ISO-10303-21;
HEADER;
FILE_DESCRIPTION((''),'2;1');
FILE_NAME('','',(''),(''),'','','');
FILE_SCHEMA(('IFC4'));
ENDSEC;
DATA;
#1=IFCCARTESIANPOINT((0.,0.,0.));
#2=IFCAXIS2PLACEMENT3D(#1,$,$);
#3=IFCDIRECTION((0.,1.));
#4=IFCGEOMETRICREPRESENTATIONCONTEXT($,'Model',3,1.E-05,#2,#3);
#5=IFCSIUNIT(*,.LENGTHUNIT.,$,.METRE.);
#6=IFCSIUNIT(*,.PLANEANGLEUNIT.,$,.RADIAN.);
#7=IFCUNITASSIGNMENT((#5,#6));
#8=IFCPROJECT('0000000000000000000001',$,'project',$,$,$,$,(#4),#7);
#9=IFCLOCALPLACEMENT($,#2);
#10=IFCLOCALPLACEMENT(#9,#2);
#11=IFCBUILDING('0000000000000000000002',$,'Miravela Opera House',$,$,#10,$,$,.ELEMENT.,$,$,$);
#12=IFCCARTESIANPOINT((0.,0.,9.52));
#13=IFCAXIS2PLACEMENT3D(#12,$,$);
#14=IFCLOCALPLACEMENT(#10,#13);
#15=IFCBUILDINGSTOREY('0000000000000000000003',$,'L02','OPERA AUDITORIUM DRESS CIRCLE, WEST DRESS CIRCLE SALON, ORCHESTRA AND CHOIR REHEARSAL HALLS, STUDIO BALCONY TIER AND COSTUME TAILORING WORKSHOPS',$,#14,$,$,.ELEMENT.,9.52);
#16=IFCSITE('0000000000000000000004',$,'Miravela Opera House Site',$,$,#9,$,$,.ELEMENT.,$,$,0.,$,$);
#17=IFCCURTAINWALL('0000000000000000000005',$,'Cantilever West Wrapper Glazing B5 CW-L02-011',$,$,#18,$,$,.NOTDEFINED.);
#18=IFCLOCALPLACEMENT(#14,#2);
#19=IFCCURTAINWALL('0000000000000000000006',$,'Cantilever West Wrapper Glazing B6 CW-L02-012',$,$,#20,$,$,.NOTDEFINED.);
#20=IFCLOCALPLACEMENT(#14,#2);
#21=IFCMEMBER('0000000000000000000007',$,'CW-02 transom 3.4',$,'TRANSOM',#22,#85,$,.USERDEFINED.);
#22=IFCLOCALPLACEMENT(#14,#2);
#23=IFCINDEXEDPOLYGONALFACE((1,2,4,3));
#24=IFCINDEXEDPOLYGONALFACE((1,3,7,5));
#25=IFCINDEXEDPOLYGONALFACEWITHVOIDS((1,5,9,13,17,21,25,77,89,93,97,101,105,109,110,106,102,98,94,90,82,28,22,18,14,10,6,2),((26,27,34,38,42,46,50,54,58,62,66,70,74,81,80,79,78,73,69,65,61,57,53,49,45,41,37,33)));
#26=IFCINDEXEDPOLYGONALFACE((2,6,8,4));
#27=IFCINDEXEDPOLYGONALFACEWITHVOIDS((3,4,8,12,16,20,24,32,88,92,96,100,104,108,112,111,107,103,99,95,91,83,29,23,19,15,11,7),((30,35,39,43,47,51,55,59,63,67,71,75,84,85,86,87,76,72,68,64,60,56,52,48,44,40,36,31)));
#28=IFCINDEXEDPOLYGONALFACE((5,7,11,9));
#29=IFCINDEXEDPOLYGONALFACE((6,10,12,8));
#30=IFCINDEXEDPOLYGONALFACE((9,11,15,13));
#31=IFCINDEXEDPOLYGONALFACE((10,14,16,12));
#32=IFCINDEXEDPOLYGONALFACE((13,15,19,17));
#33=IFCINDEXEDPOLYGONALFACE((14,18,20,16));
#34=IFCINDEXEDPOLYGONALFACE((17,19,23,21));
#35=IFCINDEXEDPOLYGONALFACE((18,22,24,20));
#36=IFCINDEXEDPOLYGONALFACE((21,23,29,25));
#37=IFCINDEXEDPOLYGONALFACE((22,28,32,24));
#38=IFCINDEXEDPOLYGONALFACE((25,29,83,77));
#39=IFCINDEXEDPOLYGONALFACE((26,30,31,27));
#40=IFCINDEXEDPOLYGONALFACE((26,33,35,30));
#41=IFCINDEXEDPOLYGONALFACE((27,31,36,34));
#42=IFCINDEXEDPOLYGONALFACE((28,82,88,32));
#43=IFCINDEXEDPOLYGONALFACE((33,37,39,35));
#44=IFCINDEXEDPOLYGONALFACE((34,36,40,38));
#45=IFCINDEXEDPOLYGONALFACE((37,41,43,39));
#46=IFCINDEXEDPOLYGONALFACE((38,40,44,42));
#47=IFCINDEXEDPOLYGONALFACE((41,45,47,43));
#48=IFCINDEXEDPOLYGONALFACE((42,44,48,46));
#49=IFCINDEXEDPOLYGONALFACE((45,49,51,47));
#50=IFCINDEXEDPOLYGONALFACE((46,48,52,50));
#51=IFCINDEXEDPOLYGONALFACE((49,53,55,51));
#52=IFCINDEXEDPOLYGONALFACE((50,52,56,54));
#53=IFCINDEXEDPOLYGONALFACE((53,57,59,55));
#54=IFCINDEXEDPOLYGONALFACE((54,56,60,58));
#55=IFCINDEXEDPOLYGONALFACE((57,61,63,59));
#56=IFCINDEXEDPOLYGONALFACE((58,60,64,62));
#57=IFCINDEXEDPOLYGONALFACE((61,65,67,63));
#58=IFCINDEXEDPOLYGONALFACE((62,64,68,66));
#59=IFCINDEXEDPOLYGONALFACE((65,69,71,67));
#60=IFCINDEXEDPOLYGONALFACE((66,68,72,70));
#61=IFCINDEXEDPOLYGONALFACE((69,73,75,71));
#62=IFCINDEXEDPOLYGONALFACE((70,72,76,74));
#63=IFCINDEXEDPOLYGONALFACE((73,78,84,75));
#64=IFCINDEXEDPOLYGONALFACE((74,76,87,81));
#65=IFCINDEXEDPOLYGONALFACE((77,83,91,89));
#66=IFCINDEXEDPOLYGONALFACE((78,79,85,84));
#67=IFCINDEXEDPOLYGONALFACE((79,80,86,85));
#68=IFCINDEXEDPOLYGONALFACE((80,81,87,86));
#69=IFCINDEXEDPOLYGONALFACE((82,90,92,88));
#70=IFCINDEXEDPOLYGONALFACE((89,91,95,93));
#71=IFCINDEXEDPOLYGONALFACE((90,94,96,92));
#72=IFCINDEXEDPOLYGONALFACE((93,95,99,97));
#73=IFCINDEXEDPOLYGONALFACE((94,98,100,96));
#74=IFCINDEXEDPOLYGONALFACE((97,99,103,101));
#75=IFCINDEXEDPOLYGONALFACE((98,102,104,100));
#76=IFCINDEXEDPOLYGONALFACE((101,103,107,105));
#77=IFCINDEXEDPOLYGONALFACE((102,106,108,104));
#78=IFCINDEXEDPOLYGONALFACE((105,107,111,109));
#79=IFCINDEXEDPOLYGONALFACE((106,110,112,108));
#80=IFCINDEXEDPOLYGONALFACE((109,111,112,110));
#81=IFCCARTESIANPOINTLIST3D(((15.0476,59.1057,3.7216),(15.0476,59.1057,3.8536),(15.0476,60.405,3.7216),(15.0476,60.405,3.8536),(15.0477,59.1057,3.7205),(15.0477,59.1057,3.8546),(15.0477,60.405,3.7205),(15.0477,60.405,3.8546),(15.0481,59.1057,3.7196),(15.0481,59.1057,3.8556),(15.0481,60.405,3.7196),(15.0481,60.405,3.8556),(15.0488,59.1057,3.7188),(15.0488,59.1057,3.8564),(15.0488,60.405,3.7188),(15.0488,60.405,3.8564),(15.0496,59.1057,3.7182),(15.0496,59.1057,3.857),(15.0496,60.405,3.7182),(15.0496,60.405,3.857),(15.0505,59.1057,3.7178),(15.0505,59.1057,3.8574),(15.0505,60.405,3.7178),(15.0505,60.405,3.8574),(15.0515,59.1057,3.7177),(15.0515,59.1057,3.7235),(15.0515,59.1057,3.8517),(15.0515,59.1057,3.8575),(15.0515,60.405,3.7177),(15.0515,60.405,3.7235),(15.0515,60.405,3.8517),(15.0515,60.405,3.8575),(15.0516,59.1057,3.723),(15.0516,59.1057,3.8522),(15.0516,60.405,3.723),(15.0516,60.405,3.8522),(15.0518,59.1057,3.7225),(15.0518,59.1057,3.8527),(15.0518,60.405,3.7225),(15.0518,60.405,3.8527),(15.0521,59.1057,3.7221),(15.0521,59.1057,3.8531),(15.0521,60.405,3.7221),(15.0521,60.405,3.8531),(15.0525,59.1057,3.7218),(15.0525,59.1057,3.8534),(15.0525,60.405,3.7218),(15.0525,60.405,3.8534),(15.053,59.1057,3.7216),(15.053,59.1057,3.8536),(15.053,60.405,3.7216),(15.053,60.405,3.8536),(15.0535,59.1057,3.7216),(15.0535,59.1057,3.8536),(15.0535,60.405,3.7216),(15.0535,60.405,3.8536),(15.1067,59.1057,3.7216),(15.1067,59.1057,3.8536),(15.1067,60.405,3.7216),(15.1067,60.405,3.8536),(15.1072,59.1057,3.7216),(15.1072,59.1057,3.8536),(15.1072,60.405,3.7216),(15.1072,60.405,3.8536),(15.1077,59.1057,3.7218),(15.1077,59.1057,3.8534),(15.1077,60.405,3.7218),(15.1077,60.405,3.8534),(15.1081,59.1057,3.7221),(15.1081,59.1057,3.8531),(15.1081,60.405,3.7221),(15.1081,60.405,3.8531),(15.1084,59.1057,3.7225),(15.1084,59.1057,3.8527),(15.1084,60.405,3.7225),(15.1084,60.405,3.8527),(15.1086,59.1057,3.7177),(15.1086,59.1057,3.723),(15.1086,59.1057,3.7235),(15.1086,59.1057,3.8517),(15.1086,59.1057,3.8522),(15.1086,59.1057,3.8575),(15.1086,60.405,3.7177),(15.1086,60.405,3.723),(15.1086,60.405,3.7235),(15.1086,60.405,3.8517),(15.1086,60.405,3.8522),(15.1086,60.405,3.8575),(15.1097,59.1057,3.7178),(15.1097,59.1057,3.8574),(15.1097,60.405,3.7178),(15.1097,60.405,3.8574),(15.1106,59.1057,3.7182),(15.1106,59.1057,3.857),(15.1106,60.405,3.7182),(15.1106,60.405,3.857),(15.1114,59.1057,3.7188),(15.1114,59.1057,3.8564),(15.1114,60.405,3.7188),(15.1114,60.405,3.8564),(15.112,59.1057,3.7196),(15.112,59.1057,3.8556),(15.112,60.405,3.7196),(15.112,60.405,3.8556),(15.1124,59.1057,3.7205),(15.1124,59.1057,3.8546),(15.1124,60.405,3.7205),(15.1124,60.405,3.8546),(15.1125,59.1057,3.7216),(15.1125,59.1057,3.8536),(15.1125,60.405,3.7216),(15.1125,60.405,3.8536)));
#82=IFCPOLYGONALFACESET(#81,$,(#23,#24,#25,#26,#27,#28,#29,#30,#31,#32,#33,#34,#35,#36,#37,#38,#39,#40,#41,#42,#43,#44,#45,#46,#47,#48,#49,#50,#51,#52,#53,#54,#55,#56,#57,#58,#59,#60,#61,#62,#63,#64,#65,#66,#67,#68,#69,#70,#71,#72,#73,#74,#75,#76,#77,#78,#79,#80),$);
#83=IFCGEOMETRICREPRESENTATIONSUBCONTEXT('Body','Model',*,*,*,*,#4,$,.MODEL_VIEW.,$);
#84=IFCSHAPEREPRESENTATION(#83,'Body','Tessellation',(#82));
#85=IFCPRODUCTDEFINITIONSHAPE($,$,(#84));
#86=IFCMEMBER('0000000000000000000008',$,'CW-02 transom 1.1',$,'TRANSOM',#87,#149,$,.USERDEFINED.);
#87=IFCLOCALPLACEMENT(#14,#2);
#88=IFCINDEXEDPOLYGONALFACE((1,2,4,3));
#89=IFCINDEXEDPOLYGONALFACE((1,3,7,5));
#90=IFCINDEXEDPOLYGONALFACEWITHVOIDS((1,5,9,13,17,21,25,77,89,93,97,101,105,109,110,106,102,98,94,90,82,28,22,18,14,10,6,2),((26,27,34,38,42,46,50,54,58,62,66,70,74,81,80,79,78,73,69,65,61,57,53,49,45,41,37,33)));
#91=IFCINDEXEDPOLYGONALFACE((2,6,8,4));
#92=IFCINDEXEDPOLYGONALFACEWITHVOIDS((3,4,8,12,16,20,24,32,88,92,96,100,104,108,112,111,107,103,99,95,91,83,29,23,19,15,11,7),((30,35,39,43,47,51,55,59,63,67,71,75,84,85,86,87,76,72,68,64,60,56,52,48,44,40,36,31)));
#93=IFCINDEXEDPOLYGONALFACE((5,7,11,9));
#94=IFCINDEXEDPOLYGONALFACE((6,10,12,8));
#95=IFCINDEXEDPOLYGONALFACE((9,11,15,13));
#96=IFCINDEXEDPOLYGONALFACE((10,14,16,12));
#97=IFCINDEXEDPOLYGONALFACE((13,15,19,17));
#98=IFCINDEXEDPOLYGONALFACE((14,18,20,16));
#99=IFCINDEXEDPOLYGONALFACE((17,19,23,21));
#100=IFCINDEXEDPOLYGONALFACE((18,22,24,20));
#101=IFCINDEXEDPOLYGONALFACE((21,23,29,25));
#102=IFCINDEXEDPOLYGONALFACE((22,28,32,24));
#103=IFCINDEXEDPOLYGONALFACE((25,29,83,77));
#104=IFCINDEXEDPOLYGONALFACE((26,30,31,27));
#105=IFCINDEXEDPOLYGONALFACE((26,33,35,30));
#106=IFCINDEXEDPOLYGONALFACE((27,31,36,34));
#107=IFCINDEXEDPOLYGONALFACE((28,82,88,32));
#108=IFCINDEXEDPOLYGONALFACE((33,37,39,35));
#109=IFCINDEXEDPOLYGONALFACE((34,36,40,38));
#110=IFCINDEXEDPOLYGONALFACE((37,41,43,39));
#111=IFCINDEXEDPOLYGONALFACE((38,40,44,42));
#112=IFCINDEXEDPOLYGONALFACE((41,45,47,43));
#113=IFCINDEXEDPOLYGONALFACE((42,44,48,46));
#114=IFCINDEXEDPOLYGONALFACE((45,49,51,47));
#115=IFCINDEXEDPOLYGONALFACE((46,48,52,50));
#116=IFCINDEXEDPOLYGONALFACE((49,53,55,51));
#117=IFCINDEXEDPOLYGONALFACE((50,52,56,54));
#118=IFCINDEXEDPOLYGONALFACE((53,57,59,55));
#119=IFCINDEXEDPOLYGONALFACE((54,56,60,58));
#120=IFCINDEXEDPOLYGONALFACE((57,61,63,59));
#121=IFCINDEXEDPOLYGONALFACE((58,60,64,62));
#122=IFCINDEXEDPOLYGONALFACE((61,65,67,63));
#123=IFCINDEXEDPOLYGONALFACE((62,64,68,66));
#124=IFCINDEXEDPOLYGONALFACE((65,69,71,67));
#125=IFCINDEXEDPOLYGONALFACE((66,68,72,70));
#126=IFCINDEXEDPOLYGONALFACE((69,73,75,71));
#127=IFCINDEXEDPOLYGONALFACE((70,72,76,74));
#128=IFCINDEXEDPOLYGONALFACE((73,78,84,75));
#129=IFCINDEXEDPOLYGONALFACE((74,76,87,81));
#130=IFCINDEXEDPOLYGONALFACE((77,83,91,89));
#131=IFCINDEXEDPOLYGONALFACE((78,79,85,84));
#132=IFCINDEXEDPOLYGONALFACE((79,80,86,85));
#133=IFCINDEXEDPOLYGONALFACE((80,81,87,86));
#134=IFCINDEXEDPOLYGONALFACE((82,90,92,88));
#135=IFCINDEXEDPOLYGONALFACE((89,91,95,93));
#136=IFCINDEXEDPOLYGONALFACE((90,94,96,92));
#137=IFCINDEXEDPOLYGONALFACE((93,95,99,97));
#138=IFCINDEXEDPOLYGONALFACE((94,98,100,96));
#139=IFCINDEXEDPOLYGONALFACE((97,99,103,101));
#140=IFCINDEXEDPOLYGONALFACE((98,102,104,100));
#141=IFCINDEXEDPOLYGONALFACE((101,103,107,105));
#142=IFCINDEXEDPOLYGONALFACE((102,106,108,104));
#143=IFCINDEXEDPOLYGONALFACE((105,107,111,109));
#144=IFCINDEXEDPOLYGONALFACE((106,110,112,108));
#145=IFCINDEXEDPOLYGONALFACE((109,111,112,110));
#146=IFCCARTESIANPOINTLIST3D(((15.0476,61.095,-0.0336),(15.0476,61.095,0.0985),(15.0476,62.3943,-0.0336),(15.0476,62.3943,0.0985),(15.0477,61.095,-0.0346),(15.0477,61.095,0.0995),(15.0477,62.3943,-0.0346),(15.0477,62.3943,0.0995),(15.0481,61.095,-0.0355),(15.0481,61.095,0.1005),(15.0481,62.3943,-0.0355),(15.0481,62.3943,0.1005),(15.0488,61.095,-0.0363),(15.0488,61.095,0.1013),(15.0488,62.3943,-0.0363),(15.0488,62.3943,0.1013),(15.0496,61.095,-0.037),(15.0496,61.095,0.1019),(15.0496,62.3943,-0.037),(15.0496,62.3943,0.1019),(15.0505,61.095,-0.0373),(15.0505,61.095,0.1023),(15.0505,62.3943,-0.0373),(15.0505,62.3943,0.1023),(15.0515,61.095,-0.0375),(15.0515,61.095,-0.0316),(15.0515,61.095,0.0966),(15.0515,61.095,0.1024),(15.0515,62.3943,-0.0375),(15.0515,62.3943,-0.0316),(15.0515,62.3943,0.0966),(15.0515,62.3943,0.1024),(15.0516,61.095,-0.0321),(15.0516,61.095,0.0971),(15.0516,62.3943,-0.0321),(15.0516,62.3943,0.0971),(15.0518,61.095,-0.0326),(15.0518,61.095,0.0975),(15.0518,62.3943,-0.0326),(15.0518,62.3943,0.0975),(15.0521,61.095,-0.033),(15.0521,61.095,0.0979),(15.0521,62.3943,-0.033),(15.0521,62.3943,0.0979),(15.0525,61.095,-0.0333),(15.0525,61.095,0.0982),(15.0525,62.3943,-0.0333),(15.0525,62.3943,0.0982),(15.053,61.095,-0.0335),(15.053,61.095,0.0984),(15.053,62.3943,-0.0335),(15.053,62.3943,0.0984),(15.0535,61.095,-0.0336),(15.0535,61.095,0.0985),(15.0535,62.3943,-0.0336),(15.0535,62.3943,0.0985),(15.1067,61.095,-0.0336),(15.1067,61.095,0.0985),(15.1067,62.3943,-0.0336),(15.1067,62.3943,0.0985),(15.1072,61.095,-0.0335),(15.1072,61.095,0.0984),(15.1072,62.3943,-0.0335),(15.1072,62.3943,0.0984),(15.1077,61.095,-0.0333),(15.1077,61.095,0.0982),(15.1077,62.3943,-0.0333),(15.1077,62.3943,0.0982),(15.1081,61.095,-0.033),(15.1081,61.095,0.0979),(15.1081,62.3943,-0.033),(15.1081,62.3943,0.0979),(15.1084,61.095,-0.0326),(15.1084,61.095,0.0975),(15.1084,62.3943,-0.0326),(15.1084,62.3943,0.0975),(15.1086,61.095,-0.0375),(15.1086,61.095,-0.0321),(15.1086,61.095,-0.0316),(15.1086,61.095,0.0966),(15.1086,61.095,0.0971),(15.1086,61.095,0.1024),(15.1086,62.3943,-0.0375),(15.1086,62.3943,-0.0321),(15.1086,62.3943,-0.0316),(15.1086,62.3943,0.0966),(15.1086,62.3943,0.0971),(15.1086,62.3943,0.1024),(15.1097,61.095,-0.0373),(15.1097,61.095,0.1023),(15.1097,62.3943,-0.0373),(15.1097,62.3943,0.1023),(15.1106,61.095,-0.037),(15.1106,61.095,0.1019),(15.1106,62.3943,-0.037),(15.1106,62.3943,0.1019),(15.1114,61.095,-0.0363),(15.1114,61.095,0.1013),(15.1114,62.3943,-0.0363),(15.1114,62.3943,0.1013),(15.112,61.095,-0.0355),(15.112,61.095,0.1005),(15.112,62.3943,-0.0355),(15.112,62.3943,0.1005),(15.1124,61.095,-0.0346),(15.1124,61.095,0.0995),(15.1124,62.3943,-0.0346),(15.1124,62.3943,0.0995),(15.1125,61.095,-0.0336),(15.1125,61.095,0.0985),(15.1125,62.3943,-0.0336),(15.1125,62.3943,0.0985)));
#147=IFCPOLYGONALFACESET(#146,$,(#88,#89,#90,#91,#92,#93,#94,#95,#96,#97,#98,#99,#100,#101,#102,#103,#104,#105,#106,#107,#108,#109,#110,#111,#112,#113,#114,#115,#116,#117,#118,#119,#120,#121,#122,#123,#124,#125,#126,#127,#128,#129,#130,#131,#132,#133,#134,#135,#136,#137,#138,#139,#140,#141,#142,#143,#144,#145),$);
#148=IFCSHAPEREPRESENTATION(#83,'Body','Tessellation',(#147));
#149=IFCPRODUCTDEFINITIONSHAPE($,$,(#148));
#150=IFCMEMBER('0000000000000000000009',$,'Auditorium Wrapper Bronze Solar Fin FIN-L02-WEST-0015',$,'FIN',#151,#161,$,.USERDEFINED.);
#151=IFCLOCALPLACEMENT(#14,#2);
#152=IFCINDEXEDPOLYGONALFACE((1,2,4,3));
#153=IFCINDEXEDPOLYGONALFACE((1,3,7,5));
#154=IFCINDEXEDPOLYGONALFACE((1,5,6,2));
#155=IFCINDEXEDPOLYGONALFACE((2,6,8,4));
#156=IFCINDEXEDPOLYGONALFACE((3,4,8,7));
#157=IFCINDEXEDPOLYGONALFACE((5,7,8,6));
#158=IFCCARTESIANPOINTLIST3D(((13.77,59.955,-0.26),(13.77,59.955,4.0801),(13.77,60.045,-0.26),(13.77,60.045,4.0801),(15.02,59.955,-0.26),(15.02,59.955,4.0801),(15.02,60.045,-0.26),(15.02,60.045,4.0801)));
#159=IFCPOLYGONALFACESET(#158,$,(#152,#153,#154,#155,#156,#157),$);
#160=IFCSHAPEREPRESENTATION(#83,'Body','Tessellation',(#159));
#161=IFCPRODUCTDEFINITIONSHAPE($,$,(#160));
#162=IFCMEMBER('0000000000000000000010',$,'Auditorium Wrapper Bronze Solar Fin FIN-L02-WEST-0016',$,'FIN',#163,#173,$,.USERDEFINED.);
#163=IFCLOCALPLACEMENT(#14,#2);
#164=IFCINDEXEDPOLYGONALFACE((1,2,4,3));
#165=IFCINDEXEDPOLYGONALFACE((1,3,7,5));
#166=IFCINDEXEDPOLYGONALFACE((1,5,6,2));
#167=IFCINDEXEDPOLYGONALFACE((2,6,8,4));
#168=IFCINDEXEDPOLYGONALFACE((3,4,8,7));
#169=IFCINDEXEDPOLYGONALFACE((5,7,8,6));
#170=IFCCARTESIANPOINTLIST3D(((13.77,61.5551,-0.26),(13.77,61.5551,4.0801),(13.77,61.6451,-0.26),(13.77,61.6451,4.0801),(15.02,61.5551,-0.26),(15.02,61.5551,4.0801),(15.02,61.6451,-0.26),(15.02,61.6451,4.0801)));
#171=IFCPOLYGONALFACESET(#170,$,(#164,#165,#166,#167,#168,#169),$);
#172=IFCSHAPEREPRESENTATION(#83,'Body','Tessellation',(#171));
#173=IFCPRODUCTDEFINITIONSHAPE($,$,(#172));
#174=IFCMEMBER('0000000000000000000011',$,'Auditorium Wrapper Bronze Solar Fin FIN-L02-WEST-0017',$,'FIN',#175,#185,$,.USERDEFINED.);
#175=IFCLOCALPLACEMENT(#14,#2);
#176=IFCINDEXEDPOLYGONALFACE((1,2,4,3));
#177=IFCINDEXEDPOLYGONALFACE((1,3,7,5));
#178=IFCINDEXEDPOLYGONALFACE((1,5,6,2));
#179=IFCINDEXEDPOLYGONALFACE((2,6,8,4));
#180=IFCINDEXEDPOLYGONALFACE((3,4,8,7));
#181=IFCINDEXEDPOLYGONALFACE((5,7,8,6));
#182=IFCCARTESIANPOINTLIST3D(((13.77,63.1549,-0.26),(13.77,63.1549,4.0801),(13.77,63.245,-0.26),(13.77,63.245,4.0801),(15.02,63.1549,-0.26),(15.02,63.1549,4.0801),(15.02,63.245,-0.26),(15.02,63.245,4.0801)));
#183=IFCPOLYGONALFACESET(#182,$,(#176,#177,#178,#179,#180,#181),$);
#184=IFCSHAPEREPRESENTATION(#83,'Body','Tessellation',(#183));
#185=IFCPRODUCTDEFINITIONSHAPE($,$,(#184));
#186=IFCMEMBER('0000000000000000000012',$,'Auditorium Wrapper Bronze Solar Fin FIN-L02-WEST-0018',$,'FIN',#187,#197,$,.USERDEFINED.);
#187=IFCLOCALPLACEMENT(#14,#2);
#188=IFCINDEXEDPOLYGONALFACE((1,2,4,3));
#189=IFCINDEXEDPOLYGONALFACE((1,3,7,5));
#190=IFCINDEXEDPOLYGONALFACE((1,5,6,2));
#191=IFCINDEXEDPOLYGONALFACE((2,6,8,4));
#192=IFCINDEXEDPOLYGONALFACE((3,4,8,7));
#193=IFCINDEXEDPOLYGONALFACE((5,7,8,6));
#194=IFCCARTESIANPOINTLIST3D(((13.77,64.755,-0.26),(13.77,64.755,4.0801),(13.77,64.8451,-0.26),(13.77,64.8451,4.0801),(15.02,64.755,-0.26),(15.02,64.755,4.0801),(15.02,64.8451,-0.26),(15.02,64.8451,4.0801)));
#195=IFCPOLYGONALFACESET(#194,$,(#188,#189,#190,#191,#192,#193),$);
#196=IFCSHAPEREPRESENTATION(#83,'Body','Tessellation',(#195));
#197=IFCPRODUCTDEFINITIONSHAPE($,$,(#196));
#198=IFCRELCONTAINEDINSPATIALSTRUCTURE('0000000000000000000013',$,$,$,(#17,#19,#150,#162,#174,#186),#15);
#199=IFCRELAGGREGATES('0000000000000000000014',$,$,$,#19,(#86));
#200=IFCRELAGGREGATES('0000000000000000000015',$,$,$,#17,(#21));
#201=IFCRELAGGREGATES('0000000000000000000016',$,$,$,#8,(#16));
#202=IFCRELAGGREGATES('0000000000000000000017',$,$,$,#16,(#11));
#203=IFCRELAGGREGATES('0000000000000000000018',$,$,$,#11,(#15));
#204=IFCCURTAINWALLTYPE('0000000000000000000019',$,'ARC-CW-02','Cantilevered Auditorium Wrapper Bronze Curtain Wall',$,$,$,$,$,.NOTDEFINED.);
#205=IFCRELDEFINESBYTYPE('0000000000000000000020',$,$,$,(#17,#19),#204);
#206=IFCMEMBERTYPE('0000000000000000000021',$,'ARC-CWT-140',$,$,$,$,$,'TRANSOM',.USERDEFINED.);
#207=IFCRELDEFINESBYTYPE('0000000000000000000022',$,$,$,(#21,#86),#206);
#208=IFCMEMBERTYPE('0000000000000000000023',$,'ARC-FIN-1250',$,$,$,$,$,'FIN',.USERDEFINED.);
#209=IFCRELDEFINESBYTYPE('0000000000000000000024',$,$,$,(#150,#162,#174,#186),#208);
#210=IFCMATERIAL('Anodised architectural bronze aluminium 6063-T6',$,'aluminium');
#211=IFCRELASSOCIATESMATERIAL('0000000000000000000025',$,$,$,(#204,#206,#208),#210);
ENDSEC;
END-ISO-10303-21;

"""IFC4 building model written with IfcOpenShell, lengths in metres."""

from ifc_helpers import new_model, si_unit, direction, frame, origin, origin_2d, place, context, subcontext, project, spatial, rectangle, hollow_rectangle, extrude, material, material_profile, profile_set, type_object, element, aggregate, save


model = new_model("IFC4")

# Units and contexts
model_context = context("Model", 3, precision=1e-05, world=origin(), true_north=direction((0.0, 1.0)))
body_context = subcontext(model_context, "Body", "Model", "MODEL_VIEW")
ifc_project = project(units=[si_unit("LENGTHUNIT", "METRE"), si_unit("PLANEANGLEUNIT", "RADIAN")], contexts=[model_context])

# Site, building, storey
site_placement = place(None, origin())
site = spatial("IfcSite", under=ifc_project, at=site_placement, Name="Miravela Opera House Site", CompositionType="ELEMENT", RefElevation=0.0)
building_placement = place(site_placement, origin())
building = spatial("IfcBuilding", under=site, at=building_placement, Name="Miravela Opera House", CompositionType="ELEMENT")
storey_placement = place(building_placement, frame((0.0, 0.0, 9.52)))
storey = spatial("IfcBuildingStorey", under=building, at=storey_placement, Name="L02", Description="OPERA AUDITORIUM DRESS CIRCLE, WEST DRESS CIRCLE SALON, ORCHESTRA AND CHOIR REHEARSAL HALLS, STUDIO BALCONY TIER AND COSTUME TAILORING WORKSHOPS", CompositionType="ELEMENT", Elevation=9.52)

# Curtain walls
ifc_material_1 = material(Name="Anodised architectural bronze aluminium 6063-T6", Category="aluminium")
curtain_wall_type = type_object("IfcCurtainWallType", Name="ARC-CW-02", Description="Cantilevered Auditorium Wrapper Bronze Curtain Wall", PredefinedType="NOTDEFINED", material=ifc_material_1)
curtain_wall_1_placement = place(storey_placement, origin())
curtain_wall_1 = element("IfcCurtainWall", 1, at=curtain_wall_1_placement, inside=storey, type_object=curtain_wall_type, Name="Cantilever West Wrapper Glazing B5 CW-L02-011", PredefinedType="NOTDEFINED")
curtain_wall_2_placement = place(storey_placement, origin())
curtain_wall_2 = element("IfcCurtainWall", 2, at=curtain_wall_2_placement, inside=storey, type_object=curtain_wall_type, Name="Cantilever West Wrapper Glazing B6 CW-L02-012", PredefinedType="NOTDEFINED")

# Members
ifc_material_profile_1 = material_profile(ifc_material_1, hollow_rectangle(XDim=0.0649, YDim=0.1399, WallThickness=0.0039, InnerFilletRadius=0.002, OuterFilletRadius=0.0039, at=origin_2d()), Name="CWT-65X140")
ifc_profile_set_1 = profile_set([ifc_material_profile_1])
member_type_1 = type_object("IfcMemberType", Name="ARC-CWT-140", ElementType="TRANSOM", PredefinedType="USERDEFINED", material=ifc_profile_set_1)
member_1_placement = place(storey_placement, frame((15.0801, 59.1057, 3.7876), z_axis=(0.0, 1.0, 0.0), x_axis=(-1.0, 0.0, 0.0)))
member_1 = element("IfcMember", 3, at=member_1_placement, type_object=member_type_1, Name="CW-02 transom 3.4", ObjectType="TRANSOM", PredefinedType="USERDEFINED", context=body_context, shape_type="SweptSolid", body=[
    extrude(hollow_rectangle(XDim=0.0649, YDim=0.1399, WallThickness=0.0039, InnerFilletRadius=0.002, OuterFilletRadius=0.0039, at=origin_2d()), origin(), (0.0, 0.0, 1.0), 1.2993),
])
member_2_placement = place(storey_placement, frame((15.0801, 61.095, 0.0325), z_axis=(0.0, 1.0, 0.0), x_axis=(-1.0, 0.0, 0.0)))
member_2 = element("IfcMember", 4, at=member_2_placement, type_object=member_type_1, Name="CW-02 transom 1.1", ObjectType="TRANSOM", PredefinedType="USERDEFINED", context=body_context, shape_type="SweptSolid", body=[
    extrude(hollow_rectangle(XDim=0.0649, YDim=0.1399, WallThickness=0.0039, InnerFilletRadius=0.002, OuterFilletRadius=0.0039, at=origin_2d()), origin(), (0.0, 0.0, 1.0), 1.2993),
])
aggregate(curtain_wall_2, [member_2])

# Members
ifc_material_profile_2 = material_profile(ifc_material_1, rectangle(XDim=0.0901, YDim=1.25, at=origin_2d()), Name="FIN-1250X90")
ifc_profile_set_2 = profile_set([ifc_material_profile_2])
member_type_2 = type_object("IfcMemberType", Name="ARC-FIN-1250", ElementType="FIN", PredefinedType="USERDEFINED", material=ifc_profile_set_2)
for number, where, z_axis, x_axis, name in (
    (5, (14.395, 60.0, -0.26), (0.0, 0.0, 1.0), (0.0, 1.0, 0.0), "Auditorium Wrapper Bronze Solar Fin FIN-L02-WEST-0015"),
    (6, (14.395, 61.6001, -0.26), (0.0, 0.0, 1.0), (0.0, 1.0, 0.0), "Auditorium Wrapper Bronze Solar Fin FIN-L02-WEST-0016"),
    (7, (14.395, 63.2, -0.26), (0.0, 0.0, 1.0), (0.0, 1.0, 0.0), "Auditorium Wrapper Bronze Solar Fin FIN-L02-WEST-0017"),
    (8, (14.395, 64.8, -0.26), (0.0, 0.0, 1.0), (0.0, 1.0, 0.0), "Auditorium Wrapper Bronze Solar Fin FIN-L02-WEST-0018"),
):
    element("IfcMember", number, at=place(storey_placement, frame(where, z_axis=z_axis, x_axis=x_axis)), inside=storey, type_object=member_type_2, Name=name, ObjectType="FIN", PredefinedType="USERDEFINED", context=body_context, shape_type="SweptSolid", body=[
        extrude(rectangle(XDim=0.0901, YDim=1.25, at=origin_2d()), origin(), (0.0, 0.0, 1.0), 4.3401),
    ])

aggregate(curtain_wall_1, [member_1])

save(model, "model.ifc")
